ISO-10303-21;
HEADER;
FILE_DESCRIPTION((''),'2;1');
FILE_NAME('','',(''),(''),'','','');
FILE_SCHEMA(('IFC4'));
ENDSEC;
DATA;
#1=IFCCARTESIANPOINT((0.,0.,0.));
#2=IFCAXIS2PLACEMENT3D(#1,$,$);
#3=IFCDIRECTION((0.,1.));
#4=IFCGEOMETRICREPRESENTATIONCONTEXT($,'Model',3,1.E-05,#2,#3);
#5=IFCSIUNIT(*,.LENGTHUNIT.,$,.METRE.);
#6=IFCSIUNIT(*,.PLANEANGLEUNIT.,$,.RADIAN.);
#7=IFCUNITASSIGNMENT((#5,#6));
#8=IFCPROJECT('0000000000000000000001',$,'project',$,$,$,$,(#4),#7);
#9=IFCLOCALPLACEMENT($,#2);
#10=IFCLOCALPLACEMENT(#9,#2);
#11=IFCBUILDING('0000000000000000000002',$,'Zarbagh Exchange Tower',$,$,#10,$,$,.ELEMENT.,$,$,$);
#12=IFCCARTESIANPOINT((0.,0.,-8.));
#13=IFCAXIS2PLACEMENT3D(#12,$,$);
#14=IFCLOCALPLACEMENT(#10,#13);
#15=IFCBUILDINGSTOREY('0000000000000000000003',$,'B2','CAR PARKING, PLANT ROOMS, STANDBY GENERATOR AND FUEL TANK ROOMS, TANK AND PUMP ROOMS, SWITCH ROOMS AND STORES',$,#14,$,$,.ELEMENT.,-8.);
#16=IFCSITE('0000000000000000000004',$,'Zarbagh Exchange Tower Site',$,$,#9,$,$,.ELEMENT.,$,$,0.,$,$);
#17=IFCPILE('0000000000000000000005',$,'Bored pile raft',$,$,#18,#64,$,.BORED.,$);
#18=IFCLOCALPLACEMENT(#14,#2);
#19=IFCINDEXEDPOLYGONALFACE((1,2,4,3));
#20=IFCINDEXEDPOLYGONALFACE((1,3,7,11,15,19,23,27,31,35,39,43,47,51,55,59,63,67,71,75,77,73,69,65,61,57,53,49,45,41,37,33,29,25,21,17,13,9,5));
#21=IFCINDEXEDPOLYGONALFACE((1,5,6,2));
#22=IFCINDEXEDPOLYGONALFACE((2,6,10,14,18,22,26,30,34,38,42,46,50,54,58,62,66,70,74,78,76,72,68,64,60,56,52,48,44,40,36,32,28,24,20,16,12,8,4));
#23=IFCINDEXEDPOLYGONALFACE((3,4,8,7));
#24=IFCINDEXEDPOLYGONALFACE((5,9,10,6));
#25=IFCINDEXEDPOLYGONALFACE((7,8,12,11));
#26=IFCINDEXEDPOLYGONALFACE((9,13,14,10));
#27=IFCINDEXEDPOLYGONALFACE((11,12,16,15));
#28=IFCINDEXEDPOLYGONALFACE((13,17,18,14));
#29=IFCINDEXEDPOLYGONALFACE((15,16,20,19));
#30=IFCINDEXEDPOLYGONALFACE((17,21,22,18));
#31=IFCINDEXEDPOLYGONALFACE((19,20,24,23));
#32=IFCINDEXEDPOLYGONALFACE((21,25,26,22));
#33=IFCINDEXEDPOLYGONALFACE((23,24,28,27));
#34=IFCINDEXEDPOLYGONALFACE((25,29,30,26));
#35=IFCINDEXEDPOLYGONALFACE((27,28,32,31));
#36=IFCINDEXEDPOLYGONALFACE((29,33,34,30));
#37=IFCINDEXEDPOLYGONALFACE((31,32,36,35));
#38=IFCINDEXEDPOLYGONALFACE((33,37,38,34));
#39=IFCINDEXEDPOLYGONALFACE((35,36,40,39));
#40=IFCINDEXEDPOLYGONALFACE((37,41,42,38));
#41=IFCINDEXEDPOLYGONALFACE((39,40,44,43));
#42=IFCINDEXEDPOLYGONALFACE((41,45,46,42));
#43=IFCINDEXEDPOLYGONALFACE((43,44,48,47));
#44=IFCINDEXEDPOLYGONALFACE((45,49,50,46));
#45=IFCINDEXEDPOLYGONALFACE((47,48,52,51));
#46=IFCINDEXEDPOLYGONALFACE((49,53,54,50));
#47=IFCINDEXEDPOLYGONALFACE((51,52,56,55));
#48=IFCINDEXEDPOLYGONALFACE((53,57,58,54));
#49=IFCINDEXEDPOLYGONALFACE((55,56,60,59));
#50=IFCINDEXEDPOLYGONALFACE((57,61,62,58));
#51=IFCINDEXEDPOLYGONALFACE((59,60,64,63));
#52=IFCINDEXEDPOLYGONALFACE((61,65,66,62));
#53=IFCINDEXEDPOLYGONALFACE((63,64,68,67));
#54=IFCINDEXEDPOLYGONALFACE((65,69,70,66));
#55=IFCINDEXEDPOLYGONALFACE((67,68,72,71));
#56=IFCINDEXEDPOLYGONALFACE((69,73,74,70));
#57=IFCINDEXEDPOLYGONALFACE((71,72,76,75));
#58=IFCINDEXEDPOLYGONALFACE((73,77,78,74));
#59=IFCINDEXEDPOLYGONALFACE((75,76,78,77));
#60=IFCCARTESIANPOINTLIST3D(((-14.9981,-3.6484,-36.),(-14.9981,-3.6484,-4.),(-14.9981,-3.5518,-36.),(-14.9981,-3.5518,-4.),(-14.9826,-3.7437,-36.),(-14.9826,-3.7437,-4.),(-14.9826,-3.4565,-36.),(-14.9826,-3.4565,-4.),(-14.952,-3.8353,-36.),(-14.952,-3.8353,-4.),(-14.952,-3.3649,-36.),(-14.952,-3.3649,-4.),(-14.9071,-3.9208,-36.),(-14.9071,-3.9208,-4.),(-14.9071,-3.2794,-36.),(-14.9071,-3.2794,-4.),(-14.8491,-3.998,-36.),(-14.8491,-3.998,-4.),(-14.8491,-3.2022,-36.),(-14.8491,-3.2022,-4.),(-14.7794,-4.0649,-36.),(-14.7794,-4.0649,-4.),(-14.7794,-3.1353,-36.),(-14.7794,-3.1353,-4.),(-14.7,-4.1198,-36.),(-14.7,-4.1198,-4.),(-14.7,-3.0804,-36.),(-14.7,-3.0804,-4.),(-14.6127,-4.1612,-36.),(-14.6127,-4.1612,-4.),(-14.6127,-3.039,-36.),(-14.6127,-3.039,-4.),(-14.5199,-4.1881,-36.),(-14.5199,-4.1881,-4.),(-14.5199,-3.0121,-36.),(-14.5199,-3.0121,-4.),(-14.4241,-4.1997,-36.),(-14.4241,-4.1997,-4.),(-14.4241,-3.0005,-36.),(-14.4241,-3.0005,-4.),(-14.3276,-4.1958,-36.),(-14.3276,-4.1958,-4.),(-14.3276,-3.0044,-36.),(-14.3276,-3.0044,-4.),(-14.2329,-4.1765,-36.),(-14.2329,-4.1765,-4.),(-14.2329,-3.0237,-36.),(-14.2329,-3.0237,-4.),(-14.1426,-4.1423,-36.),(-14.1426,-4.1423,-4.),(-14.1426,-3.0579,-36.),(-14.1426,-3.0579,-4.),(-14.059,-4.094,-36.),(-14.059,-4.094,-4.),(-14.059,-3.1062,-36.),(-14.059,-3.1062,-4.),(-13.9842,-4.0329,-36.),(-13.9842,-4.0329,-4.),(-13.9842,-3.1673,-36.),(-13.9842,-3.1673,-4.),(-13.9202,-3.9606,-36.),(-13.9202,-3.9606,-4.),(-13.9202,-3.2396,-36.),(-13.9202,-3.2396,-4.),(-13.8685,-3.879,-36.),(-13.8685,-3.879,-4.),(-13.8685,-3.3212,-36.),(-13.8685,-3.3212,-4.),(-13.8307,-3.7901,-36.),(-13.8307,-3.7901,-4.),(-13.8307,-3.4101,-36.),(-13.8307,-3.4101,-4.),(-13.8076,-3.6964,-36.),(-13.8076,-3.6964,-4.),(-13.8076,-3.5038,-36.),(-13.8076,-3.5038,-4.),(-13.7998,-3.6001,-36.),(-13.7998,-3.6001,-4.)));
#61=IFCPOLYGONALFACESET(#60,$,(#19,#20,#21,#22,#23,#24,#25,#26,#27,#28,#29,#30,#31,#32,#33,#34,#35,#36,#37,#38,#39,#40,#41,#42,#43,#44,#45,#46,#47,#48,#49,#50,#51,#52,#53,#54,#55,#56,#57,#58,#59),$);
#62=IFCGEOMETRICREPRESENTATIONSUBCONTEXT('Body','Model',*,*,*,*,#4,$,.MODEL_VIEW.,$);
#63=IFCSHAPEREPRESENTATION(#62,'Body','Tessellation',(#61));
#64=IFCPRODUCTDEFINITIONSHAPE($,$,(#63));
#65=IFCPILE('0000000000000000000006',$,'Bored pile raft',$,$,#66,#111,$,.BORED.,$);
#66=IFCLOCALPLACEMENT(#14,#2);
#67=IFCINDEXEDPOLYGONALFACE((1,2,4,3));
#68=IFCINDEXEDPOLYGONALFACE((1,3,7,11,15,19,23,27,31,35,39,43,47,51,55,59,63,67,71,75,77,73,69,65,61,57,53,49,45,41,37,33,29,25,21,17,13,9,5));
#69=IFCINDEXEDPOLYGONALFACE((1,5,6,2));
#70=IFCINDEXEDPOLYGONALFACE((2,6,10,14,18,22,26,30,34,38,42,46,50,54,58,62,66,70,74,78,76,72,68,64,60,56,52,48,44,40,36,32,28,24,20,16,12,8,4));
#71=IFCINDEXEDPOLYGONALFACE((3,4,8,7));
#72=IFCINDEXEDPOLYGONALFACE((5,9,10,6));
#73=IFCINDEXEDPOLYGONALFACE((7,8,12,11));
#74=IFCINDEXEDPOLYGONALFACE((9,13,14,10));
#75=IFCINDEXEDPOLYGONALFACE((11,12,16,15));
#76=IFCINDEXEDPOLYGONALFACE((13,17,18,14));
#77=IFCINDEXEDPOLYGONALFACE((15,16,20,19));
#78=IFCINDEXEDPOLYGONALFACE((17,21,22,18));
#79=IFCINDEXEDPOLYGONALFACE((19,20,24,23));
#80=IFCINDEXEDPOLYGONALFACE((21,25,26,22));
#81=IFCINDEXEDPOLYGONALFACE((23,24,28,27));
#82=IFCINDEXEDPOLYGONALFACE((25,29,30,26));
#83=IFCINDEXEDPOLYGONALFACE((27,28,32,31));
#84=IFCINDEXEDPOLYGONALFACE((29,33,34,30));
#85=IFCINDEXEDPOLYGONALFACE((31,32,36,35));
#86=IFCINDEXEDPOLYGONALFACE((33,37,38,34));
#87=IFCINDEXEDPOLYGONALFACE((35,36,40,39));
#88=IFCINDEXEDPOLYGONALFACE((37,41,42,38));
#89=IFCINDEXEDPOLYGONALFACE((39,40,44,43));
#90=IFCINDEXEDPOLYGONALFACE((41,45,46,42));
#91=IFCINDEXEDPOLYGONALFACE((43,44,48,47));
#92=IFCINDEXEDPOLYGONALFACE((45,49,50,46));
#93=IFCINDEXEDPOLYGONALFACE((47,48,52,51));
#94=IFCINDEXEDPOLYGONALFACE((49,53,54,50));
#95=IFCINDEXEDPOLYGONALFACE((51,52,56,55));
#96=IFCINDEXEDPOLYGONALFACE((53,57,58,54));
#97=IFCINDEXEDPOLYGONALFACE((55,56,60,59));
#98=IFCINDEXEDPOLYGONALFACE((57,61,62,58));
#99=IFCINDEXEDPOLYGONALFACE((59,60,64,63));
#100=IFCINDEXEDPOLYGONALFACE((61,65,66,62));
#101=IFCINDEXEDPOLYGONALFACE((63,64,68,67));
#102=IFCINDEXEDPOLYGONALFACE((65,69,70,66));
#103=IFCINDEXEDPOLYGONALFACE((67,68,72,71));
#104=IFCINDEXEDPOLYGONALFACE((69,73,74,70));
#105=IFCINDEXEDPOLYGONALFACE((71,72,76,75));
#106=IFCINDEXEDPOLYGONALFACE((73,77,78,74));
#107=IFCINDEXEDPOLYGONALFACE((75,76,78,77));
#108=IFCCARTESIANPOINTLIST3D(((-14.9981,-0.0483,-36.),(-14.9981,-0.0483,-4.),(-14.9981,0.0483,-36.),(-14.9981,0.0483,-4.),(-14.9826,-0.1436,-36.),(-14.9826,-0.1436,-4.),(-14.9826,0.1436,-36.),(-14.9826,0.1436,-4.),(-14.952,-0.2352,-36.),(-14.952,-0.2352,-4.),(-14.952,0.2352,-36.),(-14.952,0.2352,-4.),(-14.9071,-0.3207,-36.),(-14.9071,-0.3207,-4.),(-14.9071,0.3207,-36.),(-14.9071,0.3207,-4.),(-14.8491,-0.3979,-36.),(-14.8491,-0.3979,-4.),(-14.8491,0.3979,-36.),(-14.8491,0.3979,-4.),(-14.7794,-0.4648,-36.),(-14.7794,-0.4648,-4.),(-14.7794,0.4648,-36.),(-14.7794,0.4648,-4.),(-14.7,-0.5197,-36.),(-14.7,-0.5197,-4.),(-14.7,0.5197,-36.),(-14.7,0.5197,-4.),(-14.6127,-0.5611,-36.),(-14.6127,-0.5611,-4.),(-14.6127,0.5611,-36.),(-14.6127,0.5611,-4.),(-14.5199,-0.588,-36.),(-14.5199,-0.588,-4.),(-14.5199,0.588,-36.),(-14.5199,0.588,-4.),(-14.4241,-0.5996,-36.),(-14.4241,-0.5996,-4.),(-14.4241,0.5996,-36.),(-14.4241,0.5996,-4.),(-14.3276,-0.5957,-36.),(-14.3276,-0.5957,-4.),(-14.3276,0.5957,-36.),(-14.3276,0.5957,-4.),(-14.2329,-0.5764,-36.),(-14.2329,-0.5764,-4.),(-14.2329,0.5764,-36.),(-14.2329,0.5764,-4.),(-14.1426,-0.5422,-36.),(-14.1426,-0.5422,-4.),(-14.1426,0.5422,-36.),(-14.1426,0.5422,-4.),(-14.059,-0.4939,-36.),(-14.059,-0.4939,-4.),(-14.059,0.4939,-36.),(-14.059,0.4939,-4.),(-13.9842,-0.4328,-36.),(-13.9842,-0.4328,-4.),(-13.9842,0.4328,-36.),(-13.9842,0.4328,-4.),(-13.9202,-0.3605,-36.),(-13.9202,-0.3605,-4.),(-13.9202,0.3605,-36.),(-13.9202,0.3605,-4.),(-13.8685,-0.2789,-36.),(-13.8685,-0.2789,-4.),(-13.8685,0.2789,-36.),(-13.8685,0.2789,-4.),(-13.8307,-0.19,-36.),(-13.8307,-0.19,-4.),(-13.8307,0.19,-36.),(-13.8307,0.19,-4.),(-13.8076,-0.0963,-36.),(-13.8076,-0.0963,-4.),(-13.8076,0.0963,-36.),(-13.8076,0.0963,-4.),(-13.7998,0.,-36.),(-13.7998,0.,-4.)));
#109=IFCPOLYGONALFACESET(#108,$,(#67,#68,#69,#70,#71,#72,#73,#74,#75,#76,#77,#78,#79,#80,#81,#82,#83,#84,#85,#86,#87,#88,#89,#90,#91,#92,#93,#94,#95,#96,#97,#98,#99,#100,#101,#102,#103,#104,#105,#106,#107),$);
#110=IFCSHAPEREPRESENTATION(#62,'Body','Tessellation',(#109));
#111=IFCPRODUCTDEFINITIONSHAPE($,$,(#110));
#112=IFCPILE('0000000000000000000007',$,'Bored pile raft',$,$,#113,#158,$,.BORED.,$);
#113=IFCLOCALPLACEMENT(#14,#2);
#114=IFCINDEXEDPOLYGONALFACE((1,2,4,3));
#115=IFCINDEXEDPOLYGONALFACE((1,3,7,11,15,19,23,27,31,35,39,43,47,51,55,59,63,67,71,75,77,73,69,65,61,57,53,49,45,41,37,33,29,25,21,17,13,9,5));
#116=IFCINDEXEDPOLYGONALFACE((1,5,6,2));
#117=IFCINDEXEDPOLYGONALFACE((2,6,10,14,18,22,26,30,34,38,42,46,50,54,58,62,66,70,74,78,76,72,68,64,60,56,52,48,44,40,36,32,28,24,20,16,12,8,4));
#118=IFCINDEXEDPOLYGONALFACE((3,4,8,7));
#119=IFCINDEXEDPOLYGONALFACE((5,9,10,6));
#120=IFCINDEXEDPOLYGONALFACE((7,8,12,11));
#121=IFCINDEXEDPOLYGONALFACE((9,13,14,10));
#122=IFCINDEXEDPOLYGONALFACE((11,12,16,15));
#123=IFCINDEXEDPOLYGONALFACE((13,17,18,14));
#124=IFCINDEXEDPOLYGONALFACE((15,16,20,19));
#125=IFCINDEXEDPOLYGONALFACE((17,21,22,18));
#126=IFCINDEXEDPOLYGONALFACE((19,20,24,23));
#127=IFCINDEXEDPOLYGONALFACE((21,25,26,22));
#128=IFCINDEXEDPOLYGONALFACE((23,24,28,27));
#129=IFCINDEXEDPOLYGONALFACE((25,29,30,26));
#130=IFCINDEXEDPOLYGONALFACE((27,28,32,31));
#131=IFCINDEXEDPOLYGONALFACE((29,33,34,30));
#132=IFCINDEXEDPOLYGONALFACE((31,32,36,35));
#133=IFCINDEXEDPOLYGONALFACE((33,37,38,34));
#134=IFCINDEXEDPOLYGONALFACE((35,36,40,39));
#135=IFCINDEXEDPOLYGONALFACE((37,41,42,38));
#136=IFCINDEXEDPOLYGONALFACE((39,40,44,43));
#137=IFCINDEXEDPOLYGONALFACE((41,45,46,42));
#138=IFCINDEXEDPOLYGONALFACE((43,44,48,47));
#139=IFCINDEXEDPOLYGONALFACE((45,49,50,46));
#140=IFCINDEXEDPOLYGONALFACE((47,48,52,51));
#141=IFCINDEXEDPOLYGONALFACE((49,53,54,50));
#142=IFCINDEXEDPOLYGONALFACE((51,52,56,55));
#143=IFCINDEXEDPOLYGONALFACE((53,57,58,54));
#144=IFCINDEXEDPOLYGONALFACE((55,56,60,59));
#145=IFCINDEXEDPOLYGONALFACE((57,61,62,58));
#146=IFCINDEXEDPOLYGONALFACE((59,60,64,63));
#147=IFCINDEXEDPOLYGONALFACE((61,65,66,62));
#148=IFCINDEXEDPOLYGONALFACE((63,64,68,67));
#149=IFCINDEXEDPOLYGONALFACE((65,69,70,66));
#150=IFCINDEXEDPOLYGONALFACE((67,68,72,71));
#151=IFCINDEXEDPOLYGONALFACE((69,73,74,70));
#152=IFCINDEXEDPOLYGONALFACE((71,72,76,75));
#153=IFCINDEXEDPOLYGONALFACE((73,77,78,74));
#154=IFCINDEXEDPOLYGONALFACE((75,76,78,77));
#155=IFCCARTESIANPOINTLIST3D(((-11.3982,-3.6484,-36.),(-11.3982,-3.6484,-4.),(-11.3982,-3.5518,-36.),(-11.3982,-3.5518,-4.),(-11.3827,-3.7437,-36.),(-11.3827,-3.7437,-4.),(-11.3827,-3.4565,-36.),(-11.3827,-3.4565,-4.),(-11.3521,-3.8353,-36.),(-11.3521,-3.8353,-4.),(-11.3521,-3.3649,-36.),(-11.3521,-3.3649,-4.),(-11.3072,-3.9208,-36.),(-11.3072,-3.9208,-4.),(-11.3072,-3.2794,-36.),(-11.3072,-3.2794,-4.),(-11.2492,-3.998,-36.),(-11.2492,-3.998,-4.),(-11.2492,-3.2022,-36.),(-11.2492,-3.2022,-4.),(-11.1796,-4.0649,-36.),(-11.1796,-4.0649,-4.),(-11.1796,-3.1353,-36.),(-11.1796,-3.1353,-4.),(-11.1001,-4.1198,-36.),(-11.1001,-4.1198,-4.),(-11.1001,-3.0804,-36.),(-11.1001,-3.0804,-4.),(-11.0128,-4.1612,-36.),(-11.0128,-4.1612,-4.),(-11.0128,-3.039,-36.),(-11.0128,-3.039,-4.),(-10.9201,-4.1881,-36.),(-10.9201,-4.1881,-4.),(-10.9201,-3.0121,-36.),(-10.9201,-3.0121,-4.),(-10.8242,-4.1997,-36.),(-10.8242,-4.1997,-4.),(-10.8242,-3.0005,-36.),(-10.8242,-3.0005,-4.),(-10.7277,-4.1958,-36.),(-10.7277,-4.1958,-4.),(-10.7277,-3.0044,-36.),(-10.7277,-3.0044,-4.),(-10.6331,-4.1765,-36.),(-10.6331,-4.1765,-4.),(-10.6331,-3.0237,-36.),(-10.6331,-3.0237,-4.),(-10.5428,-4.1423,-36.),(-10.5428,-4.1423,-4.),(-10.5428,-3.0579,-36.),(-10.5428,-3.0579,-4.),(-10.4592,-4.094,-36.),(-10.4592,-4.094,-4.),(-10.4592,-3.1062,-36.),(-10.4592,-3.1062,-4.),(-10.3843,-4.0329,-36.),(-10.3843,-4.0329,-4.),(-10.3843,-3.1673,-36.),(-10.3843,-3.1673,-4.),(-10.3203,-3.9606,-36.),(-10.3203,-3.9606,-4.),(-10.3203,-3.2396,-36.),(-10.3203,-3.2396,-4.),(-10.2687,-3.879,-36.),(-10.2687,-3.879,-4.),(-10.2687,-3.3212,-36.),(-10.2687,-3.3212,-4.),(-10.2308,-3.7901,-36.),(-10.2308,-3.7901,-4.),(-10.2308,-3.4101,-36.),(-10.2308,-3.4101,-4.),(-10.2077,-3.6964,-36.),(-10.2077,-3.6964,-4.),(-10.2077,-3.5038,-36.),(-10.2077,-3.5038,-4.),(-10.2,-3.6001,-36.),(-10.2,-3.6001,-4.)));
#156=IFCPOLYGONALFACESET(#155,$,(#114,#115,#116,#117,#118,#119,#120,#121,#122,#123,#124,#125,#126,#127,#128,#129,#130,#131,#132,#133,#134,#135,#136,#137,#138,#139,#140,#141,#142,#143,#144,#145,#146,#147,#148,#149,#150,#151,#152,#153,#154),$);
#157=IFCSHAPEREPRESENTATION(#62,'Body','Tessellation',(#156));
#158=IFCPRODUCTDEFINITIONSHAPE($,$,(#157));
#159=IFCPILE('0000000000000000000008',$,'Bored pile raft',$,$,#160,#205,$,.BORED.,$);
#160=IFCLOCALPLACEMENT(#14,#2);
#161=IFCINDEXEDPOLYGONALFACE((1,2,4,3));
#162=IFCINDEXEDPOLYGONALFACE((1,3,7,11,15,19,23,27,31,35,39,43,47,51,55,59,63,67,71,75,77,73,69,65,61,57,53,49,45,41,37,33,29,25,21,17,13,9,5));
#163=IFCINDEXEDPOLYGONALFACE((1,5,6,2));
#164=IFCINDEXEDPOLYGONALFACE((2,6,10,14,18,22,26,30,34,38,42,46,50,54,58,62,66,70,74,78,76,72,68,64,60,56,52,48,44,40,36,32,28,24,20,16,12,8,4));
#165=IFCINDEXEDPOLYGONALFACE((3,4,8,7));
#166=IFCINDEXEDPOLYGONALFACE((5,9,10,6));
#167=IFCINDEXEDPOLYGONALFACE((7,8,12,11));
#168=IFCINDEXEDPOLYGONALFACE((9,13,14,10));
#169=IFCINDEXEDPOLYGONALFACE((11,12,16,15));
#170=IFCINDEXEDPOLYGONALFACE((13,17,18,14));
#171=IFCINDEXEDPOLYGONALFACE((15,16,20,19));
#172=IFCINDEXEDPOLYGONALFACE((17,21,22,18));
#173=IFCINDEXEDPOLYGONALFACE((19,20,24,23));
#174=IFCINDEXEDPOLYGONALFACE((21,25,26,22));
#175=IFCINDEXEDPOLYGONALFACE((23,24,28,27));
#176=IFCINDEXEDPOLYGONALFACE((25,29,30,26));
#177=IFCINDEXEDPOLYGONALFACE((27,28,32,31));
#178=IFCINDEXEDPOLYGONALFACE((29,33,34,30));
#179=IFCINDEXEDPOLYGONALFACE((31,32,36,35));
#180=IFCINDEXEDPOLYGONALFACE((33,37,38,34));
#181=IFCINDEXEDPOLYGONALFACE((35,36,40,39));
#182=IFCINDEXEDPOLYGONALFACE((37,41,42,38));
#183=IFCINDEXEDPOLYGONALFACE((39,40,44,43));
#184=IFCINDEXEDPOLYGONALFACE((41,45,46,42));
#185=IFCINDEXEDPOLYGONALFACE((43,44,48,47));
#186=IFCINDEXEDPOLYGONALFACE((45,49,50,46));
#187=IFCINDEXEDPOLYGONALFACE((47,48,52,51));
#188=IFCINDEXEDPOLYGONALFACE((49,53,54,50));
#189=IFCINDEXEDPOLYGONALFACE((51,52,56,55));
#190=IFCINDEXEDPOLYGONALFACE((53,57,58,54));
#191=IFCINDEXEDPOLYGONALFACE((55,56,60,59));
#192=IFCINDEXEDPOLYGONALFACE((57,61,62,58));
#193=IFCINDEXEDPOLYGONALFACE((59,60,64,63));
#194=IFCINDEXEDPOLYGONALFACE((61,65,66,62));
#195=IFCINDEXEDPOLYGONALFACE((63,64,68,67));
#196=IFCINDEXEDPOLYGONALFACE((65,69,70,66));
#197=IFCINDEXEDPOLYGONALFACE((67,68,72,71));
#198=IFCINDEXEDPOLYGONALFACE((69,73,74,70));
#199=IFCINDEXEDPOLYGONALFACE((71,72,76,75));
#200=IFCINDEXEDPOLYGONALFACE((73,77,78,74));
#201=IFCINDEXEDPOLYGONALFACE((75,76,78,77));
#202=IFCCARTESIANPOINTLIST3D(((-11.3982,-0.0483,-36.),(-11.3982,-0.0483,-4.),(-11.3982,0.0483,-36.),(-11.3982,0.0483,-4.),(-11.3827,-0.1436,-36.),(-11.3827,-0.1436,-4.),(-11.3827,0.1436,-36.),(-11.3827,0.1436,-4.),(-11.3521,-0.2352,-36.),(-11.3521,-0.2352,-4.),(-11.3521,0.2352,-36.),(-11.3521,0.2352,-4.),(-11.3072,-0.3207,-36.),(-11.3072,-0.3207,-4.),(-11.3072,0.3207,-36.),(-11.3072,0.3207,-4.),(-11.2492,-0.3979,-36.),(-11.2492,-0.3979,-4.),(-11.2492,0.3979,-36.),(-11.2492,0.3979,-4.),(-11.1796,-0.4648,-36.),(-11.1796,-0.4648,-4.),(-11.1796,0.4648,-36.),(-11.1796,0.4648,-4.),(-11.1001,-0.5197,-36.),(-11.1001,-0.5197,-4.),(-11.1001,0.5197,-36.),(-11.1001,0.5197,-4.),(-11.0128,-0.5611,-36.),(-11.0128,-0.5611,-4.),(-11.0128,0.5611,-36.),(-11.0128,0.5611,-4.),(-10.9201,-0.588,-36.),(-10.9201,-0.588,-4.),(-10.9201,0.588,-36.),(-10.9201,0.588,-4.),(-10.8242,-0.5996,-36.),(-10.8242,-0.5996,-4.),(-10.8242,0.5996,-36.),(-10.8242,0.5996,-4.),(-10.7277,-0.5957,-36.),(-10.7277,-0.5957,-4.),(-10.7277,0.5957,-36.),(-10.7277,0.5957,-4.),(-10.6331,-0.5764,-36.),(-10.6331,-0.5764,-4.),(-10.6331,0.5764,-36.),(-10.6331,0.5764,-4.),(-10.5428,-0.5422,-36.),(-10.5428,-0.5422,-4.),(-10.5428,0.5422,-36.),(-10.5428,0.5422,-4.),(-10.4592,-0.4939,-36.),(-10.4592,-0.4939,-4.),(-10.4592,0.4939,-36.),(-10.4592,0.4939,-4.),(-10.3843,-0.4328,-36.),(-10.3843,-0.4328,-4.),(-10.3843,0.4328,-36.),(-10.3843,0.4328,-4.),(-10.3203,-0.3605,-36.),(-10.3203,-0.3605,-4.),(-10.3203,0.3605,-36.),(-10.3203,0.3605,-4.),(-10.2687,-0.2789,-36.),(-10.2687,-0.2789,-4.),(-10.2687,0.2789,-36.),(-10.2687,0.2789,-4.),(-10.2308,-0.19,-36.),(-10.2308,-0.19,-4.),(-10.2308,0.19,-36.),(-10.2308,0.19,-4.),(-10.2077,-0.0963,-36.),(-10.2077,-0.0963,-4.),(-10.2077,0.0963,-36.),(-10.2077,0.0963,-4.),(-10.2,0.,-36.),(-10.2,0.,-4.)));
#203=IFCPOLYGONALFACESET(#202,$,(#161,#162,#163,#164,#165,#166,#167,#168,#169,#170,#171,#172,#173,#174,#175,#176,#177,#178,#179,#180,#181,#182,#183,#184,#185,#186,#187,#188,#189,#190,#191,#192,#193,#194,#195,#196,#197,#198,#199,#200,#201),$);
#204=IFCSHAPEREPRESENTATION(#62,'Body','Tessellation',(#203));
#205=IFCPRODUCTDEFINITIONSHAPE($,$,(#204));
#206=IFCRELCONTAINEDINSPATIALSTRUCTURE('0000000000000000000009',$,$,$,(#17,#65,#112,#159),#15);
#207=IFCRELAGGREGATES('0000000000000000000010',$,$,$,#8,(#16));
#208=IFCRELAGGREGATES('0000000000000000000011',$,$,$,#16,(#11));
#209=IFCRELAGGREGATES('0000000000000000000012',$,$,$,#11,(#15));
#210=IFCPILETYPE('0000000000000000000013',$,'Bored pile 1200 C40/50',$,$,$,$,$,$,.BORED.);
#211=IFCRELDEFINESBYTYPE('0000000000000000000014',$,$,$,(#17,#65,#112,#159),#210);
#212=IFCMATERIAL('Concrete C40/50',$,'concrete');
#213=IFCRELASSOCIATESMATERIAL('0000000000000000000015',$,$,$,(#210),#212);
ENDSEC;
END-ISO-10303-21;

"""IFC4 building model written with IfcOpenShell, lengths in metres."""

from ifc_helpers import new_model, si_unit, direction, frame, origin, origin_2d, place, context, subcontext, project, spatial, circle, extrude, material, material_profile, profile_set, type_object, element, save


model = new_model("IFC4")

# Units and contexts
model_context = context("Model", 3, precision=1e-05, world=origin(), true_north=direction((0.0, 1.0)))
body_context = subcontext(model_context, "Body", "Model", "MODEL_VIEW")
ifc_project = project(units=[si_unit("LENGTHUNIT", "METRE"), si_unit("PLANEANGLEUNIT", "RADIAN")], contexts=[model_context])

# Site, building, storey
site_placement = place(None, origin())
site = spatial("IfcSite", under=ifc_project, at=site_placement, Name="Zarbagh Exchange Tower Site", CompositionType="ELEMENT", RefElevation=0.0)
building_placement = place(site_placement, origin())
building = spatial("IfcBuilding", under=site, at=building_placement, Name="Zarbagh Exchange Tower", CompositionType="ELEMENT")
storey_placement = place(building_placement, frame((0.0, 0.0, -8.0)))
storey = spatial("IfcBuildingStorey", under=building, at=storey_placement, Name="B2", Description="CAR PARKING, PLANT ROOMS, STANDBY GENERATOR AND FUEL TANK ROOMS, TANK AND PUMP ROOMS, SWITCH ROOMS AND STORES", CompositionType="ELEMENT", Elevation=-8.0)

# Piles
ifc_material_1 = material(Name="Concrete C40/50", Category="concrete")
ifc_material_profile = material_profile(ifc_material_1, circle(Radius=0.6001, at=origin_2d()), Name="Bored pile 1200 C40/50")
ifc_profile_set = profile_set([ifc_material_profile], Name="Concrete C40/50")
pile_type = type_object("IfcPileType", Name="Bored pile 1200 C40/50", PredefinedType="BORED", material=ifc_profile_set)
for number, where, z_axis, x_axis, name in (
    (1, (-14.3999, -3.6001, -4.0), (0.0, 0.0, -1.0), (1.0, 0.0, 0.0), "Bored pile raft"),
    (2, (-14.3999, 0.0, -4.0), (0.0, 0.0, -1.0), (1.0, 0.0, 0.0), "Bored pile raft"),
    (3, (-10.8, -3.6001, -4.0), (0.0, 0.0, -1.0), (1.0, 0.0, 0.0), "Bored pile raft"),
    (4, (-10.8, 0.0, -4.0), (0.0, 0.0, -1.0), (1.0, 0.0, 0.0), "Bored pile raft"),
):
    element("IfcPile", number, at=place(storey_placement, frame(where, z_axis=z_axis, x_axis=x_axis)), inside=storey, type_object=pile_type, Name=name, PredefinedType="BORED", context=body_context, shape_type="SweptSolid", body=[
        extrude(circle(Radius=0.6001, at=origin_2d()), origin(), (0.0, 0.0, 1.0), 32.0),
    ])

save(model, "model.ifc")
